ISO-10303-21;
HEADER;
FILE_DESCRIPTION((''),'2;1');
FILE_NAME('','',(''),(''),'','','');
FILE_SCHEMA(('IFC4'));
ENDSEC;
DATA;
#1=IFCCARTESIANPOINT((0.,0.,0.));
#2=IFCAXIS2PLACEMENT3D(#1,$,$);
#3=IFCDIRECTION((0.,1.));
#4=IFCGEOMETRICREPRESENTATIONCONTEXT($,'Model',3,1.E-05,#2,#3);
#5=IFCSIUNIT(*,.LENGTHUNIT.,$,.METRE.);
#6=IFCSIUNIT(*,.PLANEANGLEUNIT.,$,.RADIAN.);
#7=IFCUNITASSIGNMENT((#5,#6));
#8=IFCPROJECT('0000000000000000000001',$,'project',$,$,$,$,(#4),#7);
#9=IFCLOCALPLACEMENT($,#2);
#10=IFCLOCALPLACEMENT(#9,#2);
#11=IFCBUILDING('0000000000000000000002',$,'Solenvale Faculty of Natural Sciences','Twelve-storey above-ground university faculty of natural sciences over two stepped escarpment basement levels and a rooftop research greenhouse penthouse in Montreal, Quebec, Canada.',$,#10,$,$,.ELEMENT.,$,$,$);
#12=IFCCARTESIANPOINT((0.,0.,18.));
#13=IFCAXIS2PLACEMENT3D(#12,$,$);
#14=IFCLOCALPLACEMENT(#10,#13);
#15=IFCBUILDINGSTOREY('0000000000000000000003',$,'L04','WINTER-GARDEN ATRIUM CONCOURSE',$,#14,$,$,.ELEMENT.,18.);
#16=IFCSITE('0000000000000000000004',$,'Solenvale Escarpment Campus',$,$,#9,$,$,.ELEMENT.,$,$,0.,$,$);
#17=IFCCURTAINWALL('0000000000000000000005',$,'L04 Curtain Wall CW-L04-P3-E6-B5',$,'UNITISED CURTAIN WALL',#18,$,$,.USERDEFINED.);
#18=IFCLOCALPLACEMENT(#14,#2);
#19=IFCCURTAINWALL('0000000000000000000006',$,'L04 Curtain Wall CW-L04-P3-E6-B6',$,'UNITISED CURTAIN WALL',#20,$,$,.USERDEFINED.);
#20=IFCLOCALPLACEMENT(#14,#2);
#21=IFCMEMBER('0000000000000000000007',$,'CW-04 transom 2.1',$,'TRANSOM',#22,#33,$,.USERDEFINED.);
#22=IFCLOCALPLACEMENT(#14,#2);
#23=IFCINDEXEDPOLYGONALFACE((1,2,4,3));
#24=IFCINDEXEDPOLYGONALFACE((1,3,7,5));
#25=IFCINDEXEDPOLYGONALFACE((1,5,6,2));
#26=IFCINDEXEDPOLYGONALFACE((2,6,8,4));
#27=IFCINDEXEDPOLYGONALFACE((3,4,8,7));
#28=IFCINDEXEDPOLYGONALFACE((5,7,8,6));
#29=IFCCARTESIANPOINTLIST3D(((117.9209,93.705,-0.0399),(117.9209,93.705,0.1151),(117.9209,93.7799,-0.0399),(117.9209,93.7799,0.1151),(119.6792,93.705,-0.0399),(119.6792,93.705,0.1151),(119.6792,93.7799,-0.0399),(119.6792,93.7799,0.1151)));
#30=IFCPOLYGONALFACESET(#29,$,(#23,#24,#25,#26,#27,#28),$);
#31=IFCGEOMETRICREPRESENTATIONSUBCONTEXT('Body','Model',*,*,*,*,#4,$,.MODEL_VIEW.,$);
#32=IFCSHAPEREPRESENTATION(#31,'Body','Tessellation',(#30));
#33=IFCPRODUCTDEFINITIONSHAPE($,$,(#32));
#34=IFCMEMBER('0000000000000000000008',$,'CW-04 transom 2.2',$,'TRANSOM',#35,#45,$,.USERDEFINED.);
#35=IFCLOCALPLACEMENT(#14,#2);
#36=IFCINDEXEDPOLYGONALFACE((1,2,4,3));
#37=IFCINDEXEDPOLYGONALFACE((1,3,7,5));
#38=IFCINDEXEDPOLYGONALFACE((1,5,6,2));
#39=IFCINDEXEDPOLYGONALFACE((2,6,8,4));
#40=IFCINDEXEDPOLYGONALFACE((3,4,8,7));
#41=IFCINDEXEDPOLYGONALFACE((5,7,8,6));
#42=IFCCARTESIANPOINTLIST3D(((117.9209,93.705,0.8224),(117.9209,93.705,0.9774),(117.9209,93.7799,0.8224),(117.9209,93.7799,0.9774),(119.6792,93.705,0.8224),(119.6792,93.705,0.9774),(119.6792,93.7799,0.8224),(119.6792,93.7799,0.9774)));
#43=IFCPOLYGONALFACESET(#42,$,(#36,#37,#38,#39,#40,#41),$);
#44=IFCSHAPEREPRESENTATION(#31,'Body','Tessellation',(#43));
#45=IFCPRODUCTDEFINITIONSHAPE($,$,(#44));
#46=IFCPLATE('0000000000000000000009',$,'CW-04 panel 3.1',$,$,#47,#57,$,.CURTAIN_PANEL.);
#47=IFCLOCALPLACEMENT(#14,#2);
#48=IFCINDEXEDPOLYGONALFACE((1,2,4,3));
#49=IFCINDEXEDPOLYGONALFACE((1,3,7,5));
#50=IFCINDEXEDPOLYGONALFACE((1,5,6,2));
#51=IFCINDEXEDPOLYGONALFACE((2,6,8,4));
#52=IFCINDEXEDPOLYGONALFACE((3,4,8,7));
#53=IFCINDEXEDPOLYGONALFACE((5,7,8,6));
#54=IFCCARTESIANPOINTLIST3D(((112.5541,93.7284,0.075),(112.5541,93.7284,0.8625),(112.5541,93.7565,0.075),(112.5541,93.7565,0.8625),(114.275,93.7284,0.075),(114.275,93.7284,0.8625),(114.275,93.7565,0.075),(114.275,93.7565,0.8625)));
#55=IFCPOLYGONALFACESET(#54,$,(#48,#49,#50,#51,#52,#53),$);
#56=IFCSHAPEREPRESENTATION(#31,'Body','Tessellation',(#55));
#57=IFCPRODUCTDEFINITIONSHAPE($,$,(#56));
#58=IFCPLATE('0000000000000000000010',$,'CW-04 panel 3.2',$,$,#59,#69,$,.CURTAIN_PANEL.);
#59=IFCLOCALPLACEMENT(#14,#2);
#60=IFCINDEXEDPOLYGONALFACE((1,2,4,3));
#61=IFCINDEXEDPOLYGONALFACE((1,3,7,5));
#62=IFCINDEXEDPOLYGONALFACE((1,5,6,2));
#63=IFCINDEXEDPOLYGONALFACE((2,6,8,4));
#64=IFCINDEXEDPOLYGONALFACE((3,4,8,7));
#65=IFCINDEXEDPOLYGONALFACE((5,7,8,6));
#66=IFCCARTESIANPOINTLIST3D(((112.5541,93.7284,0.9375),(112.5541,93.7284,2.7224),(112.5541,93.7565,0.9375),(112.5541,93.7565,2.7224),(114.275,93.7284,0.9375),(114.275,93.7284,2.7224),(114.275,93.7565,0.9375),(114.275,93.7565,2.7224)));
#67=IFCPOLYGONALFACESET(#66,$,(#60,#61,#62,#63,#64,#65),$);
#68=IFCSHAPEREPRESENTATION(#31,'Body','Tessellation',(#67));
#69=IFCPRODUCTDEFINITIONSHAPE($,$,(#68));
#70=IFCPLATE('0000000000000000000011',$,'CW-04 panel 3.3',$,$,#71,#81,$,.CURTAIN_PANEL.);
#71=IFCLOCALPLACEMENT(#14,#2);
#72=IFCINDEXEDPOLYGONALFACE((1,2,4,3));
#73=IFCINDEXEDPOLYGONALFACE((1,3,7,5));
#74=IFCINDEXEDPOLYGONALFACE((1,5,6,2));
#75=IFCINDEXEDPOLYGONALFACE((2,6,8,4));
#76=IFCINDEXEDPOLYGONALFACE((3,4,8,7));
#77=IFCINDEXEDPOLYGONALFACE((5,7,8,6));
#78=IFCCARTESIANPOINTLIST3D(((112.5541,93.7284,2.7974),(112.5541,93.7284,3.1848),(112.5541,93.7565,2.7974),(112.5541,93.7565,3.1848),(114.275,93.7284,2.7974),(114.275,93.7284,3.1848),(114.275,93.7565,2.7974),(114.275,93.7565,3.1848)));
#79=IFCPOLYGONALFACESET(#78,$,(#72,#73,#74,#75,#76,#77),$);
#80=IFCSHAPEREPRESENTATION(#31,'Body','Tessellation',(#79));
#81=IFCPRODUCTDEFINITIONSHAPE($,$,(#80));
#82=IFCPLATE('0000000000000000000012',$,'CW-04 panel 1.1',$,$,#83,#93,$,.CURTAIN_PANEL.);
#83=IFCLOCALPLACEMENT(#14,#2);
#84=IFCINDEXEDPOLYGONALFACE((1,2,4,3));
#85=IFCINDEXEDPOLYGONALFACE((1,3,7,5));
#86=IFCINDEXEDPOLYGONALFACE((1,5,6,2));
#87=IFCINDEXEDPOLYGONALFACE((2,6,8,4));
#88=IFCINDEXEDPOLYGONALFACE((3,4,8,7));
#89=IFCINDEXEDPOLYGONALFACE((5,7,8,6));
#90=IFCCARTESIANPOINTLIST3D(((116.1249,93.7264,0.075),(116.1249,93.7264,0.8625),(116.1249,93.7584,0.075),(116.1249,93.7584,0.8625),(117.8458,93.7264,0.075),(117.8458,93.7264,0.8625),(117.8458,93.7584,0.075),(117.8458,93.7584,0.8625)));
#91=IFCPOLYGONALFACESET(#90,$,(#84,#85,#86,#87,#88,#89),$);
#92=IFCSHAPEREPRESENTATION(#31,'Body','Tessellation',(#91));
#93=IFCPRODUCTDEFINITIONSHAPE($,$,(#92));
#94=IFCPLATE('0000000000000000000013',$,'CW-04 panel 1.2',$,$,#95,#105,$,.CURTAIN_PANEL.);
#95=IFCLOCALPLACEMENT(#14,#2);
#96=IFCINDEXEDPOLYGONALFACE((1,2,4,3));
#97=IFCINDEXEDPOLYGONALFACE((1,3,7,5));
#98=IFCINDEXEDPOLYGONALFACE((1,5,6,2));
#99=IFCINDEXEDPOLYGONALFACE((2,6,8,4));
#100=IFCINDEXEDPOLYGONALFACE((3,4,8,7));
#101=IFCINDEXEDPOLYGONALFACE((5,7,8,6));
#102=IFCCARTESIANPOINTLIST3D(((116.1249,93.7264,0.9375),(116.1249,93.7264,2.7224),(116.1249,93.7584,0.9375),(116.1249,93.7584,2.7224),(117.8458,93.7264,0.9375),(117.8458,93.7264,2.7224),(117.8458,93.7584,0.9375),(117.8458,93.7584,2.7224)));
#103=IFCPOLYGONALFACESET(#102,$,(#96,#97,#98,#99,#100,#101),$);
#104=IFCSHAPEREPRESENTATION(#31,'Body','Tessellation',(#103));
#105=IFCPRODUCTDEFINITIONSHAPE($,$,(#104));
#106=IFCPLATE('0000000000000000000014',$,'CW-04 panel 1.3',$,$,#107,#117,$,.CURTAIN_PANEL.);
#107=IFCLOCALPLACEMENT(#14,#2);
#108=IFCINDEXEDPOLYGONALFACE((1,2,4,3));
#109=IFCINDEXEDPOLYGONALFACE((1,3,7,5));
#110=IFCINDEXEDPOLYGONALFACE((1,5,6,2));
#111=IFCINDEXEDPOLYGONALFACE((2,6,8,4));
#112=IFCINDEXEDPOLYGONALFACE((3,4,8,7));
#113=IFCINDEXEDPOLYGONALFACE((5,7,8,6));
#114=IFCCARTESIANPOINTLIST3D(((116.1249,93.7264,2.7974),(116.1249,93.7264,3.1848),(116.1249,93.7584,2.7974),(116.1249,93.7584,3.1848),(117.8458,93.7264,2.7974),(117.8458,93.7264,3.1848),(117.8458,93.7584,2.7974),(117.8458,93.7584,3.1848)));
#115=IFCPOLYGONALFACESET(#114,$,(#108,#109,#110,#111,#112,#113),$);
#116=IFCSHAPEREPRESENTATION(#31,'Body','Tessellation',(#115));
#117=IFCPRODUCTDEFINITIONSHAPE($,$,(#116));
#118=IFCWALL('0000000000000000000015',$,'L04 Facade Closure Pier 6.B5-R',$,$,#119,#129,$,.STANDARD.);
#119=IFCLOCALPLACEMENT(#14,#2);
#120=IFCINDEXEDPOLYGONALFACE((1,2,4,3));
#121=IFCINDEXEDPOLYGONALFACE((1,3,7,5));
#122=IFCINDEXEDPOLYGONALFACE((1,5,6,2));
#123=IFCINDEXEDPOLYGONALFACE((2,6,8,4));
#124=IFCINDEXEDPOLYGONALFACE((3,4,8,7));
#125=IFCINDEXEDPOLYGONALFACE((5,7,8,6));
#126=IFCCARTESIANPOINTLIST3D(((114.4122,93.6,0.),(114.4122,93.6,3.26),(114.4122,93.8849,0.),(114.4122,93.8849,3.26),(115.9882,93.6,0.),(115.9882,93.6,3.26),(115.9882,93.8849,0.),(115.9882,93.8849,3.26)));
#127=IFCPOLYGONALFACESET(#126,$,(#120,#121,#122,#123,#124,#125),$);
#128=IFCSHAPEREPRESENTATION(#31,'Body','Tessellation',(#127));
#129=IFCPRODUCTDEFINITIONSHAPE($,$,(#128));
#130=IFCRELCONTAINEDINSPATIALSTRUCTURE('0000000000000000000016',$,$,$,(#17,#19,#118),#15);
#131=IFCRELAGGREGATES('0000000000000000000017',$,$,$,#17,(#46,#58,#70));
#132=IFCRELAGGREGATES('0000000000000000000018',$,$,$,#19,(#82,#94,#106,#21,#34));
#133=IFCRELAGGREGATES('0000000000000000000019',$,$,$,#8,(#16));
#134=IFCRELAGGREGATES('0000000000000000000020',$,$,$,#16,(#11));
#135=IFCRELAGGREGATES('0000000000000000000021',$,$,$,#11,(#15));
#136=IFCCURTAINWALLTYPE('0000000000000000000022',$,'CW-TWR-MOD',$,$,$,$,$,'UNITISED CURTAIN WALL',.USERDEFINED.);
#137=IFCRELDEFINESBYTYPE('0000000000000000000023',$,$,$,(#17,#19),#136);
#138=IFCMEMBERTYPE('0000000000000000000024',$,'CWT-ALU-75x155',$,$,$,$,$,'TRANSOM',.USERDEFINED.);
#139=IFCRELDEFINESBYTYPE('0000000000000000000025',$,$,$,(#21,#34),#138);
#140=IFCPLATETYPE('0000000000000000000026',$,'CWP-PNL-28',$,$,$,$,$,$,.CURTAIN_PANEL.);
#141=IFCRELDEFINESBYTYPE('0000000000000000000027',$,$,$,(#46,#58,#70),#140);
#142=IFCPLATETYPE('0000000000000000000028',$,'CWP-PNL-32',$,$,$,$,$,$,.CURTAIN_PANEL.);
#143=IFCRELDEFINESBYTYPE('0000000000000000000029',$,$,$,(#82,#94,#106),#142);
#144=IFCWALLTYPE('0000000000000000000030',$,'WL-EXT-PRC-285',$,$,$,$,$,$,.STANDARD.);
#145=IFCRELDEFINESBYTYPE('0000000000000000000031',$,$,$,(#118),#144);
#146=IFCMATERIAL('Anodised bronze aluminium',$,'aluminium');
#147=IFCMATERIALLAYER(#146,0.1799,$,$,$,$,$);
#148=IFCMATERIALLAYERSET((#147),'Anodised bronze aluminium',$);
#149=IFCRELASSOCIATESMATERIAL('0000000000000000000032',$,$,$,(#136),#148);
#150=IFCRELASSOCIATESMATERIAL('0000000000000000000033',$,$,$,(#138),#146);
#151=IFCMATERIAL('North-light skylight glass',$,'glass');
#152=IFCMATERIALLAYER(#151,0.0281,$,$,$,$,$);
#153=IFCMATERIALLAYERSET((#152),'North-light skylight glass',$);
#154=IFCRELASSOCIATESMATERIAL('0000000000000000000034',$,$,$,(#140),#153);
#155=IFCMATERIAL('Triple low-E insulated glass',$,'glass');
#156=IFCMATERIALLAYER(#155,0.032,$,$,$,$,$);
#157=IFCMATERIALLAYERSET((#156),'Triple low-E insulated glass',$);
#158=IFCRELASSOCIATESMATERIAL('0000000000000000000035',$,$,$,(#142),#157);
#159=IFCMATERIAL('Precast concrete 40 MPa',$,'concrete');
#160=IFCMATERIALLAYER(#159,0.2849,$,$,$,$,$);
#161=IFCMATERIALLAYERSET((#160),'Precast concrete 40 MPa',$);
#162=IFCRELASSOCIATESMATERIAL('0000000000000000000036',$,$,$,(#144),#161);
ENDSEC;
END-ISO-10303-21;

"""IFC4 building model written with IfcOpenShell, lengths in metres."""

from ifc_helpers import new_model, si_unit, direction, frame, frame_2d, origin, origin_2d, place, context, subcontext, project, spatial, rectangle, extrude, material, layer, layer_set, material_profile, profile_set, type_object, element, aggregate, save


model = new_model("IFC4")

# Units and contexts
model_context = context("Model", 3, precision=1e-05, world=origin(), true_north=direction((0.0, 1.0)))
body_context = subcontext(model_context, "Body", "Model", "MODEL_VIEW")
ifc_project = project(units=[si_unit("LENGTHUNIT", "METRE"), si_unit("PLANEANGLEUNIT", "RADIAN")], contexts=[model_context])

# Site, building, storey
site_placement = place(None, origin())
site = spatial("IfcSite", under=ifc_project, at=site_placement, Name="Solenvale Escarpment Campus", CompositionType="ELEMENT", RefElevation=0.0)
building_placement = place(site_placement, origin())
building = spatial("IfcBuilding", under=site, at=building_placement, Name="Solenvale Faculty of Natural Sciences", Description="Twelve-storey above-ground university faculty of natural sciences over two stepped escarpment basement levels and a rooftop research greenhouse penthouse in Montreal, Quebec, Canada.", CompositionType="ELEMENT")
storey_placement = place(building_placement, frame((0.0, 0.0, 18.0)))
storey = spatial("IfcBuildingStorey", under=building, at=storey_placement, Name="L04", Description="WINTER-GARDEN ATRIUM CONCOURSE", CompositionType="ELEMENT", Elevation=18.0)

# Curtain walls
ifc_material_1 = material(Name="Anodised bronze aluminium", Category="aluminium")
ifc_layer_1 = layer(ifc_material_1, 0.1799)
ifc_layer_set_1 = layer_set([ifc_layer_1], Name="Anodised bronze aluminium")
curtain_wall_type = type_object("IfcCurtainWallType", Name="CW-TWR-MOD", ElementType="UNITISED CURTAIN WALL", PredefinedType="USERDEFINED", material=ifc_layer_set_1)
curtain_wall_1_placement = place(storey_placement, origin())
curtain_wall_1 = element("IfcCurtainWall", 1, at=curtain_wall_1_placement, inside=storey, type_object=curtain_wall_type, Name="L04 Curtain Wall CW-L04-P3-E6-B5", ObjectType="UNITISED CURTAIN WALL", PredefinedType="USERDEFINED")
curtain_wall_2_placement = place(storey_placement, origin())
curtain_wall_2 = element("IfcCurtainWall", 2, at=curtain_wall_2_placement, inside=storey, type_object=curtain_wall_type, Name="L04 Curtain Wall CW-L04-P3-E6-B6", ObjectType="UNITISED CURTAIN WALL", PredefinedType="USERDEFINED")

# Members
ifc_material_profile_1 = material_profile(ifc_material_1, rectangle(XDim=0.075, YDim=0.155, at=origin_2d()), Name="ALU-TRN-75x155")
ifc_profile_set_1 = profile_set([ifc_material_profile_1], Name="Anodised bronze aluminium")
member_type_1 = type_object("IfcMemberType", Name="CWT-ALU-75x155", ElementType="TRANSOM", PredefinedType="USERDEFINED", material=ifc_profile_set_1)
member_1_placement = place(storey_placement, frame((117.9209, 93.7424, 0.0376), z_axis=(1.0, 0.0, 0.0), x_axis=(0.0, 1.0, 0.0)))
member_1 = element("IfcMember", 3, at=member_1_placement, type_object=member_type_1, Name="CW-04 transom 2.1", ObjectType="TRANSOM", PredefinedType="USERDEFINED", context=body_context, shape_type="SweptSolid", body=[
    extrude(rectangle(XDim=0.075, YDim=0.155, at=origin_2d()), origin(), (0.0, 0.0, 1.0), 1.7583),
])
member_2_placement = place(storey_placement, frame((117.9209, 93.7424, 0.8999), z_axis=(1.0, 0.0, 0.0), x_axis=(0.0, 1.0, 0.0)))
member_2 = element("IfcMember", 4, at=member_2_placement, type_object=member_type_1, Name="CW-04 transom 2.2", ObjectType="TRANSOM", PredefinedType="USERDEFINED", context=body_context, shape_type="SweptSolid", body=[
    extrude(rectangle(XDim=0.075, YDim=0.155, at=origin_2d()), origin(), (0.0, 0.0, 1.0), 1.7583),
])

# Plates
ifc_material_2 = material(Name="North-light skylight glass", Category="glass")
ifc_layer_2 = layer(ifc_material_2, 0.0281)
ifc_layer_set_2 = layer_set([ifc_layer_2], Name="North-light skylight glass")
plate_type_1 = type_object("IfcPlateType", Name="CWP-PNL-28", PredefinedType="CURTAIN_PANEL", material=ifc_layer_set_2)
plate_1_placement = place(storey_placement, frame((113.4146, 93.7424, 0.075), z_axis=(0.0, 0.0, 1.0), x_axis=(1.0, 0.0, 0.0)))
plate_1 = element("IfcPlate", 5, at=plate_1_placement, type_object=plate_type_1, Name="CW-04 panel 3.1", PredefinedType="CURTAIN_PANEL", context=body_context, shape_type="SweptSolid", body=[
    extrude(rectangle(XDim=1.7209, YDim=0.0281, at=origin_2d()), origin(), (0.0, 0.0, 1.0), 0.7876),
])
plate_2_placement = place(storey_placement, frame((113.4146, 93.7424, 0.9375), z_axis=(0.0, 0.0, 1.0), x_axis=(1.0, 0.0, 0.0)))
plate_2 = element("IfcPlate", 6, at=plate_2_placement, type_object=plate_type_1, Name="CW-04 panel 3.2", PredefinedType="CURTAIN_PANEL", context=body_context, shape_type="SweptSolid", body=[
    extrude(rectangle(XDim=1.7209, YDim=0.0281, at=origin_2d()), origin(), (0.0, 0.0, 1.0), 1.7849),
])
plate_3_placement = place(storey_placement, frame((113.4146, 93.7424, 2.7974), z_axis=(0.0, 0.0, 1.0), x_axis=(1.0, 0.0, 0.0)))
plate_3 = element("IfcPlate", 7, at=plate_3_placement, type_object=plate_type_1, Name="CW-04 panel 3.3", PredefinedType="CURTAIN_PANEL", context=body_context, shape_type="SweptSolid", body=[
    extrude(rectangle(XDim=1.7209, YDim=0.0281, at=origin_2d()), origin(), (0.0, 0.0, 1.0), 0.3875),
])
aggregate(curtain_wall_1, [plate_1, plate_2, plate_3])
ifc_material_3 = material(Name="Triple low-E insulated glass", Category="glass")
ifc_layer_3 = layer(ifc_material_3, 0.032)
ifc_layer_set_3 = layer_set([ifc_layer_3], Name="Triple low-E insulated glass")
plate_type_2 = type_object("IfcPlateType", Name="CWP-PNL-32", PredefinedType="CURTAIN_PANEL", material=ifc_layer_set_3)
plate_4_placement = place(storey_placement, frame((116.9854, 93.7424, 0.075), z_axis=(0.0, 0.0, 1.0), x_axis=(1.0, 0.0, 0.0)))
plate_4 = element("IfcPlate", 8, at=plate_4_placement, type_object=plate_type_2, Name="CW-04 panel 1.1", PredefinedType="CURTAIN_PANEL", context=body_context, shape_type="SweptSolid", body=[
    extrude(rectangle(XDim=1.7209, YDim=0.032, at=origin_2d()), origin(), (0.0, 0.0, 1.0), 0.7876),
])
plate_5_placement = place(storey_placement, frame((116.9854, 93.7424, 0.9375), z_axis=(0.0, 0.0, 1.0), x_axis=(1.0, 0.0, 0.0)))
plate_5 = element("IfcPlate", 9, at=plate_5_placement, type_object=plate_type_2, Name="CW-04 panel 1.2", PredefinedType="CURTAIN_PANEL", context=body_context, shape_type="SweptSolid", body=[
    extrude(rectangle(XDim=1.7209, YDim=0.032, at=origin_2d()), origin(), (0.0, 0.0, 1.0), 1.7849),
])
plate_6_placement = place(storey_placement, frame((116.9854, 93.7424, 2.7974), z_axis=(0.0, 0.0, 1.0), x_axis=(1.0, 0.0, 0.0)))
plate_6 = element("IfcPlate", 10, at=plate_6_placement, type_object=plate_type_2, Name="CW-04 panel 1.3", PredefinedType="CURTAIN_PANEL", context=body_context, shape_type="SweptSolid", body=[
    extrude(rectangle(XDim=1.7209, YDim=0.032, at=origin_2d()), origin(), (0.0, 0.0, 1.0), 0.3875),
])
aggregate(curtain_wall_2, [plate_4, plate_5, plate_6, member_1, member_2])

# Wall
ifc_material_4 = material(Name="Precast concrete 40 MPa", Category="concrete")
ifc_layer_4 = layer(ifc_material_4, 0.2849)
ifc_layer_set_4 = layer_set([ifc_layer_4], Name="Precast concrete 40 MPa")
wall_type = type_object("IfcWallType", Name="WL-EXT-PRC-285", PredefinedType="STANDARD", material=ifc_layer_set_4)
wall_placement = place(storey_placement, frame((114.4121, 93.7424, 0.0), z_axis=(0.0, 0.0, 1.0), x_axis=(1.0, 0.0, 0.0)))
element("IfcWall", 11, at=wall_placement, inside=storey, type_object=wall_type, Name="L04 Facade Closure Pier 6.B5-R", PredefinedType="STANDARD", context=body_context, shape_type="SweptSolid", body=[
    extrude(rectangle(XDim=1.5759, YDim=0.2849, at=frame_2d((0.7881, 0.0))), origin(), (0.0, 0.0, 1.0), 3.26),
])

save(model, "model.ifc")
